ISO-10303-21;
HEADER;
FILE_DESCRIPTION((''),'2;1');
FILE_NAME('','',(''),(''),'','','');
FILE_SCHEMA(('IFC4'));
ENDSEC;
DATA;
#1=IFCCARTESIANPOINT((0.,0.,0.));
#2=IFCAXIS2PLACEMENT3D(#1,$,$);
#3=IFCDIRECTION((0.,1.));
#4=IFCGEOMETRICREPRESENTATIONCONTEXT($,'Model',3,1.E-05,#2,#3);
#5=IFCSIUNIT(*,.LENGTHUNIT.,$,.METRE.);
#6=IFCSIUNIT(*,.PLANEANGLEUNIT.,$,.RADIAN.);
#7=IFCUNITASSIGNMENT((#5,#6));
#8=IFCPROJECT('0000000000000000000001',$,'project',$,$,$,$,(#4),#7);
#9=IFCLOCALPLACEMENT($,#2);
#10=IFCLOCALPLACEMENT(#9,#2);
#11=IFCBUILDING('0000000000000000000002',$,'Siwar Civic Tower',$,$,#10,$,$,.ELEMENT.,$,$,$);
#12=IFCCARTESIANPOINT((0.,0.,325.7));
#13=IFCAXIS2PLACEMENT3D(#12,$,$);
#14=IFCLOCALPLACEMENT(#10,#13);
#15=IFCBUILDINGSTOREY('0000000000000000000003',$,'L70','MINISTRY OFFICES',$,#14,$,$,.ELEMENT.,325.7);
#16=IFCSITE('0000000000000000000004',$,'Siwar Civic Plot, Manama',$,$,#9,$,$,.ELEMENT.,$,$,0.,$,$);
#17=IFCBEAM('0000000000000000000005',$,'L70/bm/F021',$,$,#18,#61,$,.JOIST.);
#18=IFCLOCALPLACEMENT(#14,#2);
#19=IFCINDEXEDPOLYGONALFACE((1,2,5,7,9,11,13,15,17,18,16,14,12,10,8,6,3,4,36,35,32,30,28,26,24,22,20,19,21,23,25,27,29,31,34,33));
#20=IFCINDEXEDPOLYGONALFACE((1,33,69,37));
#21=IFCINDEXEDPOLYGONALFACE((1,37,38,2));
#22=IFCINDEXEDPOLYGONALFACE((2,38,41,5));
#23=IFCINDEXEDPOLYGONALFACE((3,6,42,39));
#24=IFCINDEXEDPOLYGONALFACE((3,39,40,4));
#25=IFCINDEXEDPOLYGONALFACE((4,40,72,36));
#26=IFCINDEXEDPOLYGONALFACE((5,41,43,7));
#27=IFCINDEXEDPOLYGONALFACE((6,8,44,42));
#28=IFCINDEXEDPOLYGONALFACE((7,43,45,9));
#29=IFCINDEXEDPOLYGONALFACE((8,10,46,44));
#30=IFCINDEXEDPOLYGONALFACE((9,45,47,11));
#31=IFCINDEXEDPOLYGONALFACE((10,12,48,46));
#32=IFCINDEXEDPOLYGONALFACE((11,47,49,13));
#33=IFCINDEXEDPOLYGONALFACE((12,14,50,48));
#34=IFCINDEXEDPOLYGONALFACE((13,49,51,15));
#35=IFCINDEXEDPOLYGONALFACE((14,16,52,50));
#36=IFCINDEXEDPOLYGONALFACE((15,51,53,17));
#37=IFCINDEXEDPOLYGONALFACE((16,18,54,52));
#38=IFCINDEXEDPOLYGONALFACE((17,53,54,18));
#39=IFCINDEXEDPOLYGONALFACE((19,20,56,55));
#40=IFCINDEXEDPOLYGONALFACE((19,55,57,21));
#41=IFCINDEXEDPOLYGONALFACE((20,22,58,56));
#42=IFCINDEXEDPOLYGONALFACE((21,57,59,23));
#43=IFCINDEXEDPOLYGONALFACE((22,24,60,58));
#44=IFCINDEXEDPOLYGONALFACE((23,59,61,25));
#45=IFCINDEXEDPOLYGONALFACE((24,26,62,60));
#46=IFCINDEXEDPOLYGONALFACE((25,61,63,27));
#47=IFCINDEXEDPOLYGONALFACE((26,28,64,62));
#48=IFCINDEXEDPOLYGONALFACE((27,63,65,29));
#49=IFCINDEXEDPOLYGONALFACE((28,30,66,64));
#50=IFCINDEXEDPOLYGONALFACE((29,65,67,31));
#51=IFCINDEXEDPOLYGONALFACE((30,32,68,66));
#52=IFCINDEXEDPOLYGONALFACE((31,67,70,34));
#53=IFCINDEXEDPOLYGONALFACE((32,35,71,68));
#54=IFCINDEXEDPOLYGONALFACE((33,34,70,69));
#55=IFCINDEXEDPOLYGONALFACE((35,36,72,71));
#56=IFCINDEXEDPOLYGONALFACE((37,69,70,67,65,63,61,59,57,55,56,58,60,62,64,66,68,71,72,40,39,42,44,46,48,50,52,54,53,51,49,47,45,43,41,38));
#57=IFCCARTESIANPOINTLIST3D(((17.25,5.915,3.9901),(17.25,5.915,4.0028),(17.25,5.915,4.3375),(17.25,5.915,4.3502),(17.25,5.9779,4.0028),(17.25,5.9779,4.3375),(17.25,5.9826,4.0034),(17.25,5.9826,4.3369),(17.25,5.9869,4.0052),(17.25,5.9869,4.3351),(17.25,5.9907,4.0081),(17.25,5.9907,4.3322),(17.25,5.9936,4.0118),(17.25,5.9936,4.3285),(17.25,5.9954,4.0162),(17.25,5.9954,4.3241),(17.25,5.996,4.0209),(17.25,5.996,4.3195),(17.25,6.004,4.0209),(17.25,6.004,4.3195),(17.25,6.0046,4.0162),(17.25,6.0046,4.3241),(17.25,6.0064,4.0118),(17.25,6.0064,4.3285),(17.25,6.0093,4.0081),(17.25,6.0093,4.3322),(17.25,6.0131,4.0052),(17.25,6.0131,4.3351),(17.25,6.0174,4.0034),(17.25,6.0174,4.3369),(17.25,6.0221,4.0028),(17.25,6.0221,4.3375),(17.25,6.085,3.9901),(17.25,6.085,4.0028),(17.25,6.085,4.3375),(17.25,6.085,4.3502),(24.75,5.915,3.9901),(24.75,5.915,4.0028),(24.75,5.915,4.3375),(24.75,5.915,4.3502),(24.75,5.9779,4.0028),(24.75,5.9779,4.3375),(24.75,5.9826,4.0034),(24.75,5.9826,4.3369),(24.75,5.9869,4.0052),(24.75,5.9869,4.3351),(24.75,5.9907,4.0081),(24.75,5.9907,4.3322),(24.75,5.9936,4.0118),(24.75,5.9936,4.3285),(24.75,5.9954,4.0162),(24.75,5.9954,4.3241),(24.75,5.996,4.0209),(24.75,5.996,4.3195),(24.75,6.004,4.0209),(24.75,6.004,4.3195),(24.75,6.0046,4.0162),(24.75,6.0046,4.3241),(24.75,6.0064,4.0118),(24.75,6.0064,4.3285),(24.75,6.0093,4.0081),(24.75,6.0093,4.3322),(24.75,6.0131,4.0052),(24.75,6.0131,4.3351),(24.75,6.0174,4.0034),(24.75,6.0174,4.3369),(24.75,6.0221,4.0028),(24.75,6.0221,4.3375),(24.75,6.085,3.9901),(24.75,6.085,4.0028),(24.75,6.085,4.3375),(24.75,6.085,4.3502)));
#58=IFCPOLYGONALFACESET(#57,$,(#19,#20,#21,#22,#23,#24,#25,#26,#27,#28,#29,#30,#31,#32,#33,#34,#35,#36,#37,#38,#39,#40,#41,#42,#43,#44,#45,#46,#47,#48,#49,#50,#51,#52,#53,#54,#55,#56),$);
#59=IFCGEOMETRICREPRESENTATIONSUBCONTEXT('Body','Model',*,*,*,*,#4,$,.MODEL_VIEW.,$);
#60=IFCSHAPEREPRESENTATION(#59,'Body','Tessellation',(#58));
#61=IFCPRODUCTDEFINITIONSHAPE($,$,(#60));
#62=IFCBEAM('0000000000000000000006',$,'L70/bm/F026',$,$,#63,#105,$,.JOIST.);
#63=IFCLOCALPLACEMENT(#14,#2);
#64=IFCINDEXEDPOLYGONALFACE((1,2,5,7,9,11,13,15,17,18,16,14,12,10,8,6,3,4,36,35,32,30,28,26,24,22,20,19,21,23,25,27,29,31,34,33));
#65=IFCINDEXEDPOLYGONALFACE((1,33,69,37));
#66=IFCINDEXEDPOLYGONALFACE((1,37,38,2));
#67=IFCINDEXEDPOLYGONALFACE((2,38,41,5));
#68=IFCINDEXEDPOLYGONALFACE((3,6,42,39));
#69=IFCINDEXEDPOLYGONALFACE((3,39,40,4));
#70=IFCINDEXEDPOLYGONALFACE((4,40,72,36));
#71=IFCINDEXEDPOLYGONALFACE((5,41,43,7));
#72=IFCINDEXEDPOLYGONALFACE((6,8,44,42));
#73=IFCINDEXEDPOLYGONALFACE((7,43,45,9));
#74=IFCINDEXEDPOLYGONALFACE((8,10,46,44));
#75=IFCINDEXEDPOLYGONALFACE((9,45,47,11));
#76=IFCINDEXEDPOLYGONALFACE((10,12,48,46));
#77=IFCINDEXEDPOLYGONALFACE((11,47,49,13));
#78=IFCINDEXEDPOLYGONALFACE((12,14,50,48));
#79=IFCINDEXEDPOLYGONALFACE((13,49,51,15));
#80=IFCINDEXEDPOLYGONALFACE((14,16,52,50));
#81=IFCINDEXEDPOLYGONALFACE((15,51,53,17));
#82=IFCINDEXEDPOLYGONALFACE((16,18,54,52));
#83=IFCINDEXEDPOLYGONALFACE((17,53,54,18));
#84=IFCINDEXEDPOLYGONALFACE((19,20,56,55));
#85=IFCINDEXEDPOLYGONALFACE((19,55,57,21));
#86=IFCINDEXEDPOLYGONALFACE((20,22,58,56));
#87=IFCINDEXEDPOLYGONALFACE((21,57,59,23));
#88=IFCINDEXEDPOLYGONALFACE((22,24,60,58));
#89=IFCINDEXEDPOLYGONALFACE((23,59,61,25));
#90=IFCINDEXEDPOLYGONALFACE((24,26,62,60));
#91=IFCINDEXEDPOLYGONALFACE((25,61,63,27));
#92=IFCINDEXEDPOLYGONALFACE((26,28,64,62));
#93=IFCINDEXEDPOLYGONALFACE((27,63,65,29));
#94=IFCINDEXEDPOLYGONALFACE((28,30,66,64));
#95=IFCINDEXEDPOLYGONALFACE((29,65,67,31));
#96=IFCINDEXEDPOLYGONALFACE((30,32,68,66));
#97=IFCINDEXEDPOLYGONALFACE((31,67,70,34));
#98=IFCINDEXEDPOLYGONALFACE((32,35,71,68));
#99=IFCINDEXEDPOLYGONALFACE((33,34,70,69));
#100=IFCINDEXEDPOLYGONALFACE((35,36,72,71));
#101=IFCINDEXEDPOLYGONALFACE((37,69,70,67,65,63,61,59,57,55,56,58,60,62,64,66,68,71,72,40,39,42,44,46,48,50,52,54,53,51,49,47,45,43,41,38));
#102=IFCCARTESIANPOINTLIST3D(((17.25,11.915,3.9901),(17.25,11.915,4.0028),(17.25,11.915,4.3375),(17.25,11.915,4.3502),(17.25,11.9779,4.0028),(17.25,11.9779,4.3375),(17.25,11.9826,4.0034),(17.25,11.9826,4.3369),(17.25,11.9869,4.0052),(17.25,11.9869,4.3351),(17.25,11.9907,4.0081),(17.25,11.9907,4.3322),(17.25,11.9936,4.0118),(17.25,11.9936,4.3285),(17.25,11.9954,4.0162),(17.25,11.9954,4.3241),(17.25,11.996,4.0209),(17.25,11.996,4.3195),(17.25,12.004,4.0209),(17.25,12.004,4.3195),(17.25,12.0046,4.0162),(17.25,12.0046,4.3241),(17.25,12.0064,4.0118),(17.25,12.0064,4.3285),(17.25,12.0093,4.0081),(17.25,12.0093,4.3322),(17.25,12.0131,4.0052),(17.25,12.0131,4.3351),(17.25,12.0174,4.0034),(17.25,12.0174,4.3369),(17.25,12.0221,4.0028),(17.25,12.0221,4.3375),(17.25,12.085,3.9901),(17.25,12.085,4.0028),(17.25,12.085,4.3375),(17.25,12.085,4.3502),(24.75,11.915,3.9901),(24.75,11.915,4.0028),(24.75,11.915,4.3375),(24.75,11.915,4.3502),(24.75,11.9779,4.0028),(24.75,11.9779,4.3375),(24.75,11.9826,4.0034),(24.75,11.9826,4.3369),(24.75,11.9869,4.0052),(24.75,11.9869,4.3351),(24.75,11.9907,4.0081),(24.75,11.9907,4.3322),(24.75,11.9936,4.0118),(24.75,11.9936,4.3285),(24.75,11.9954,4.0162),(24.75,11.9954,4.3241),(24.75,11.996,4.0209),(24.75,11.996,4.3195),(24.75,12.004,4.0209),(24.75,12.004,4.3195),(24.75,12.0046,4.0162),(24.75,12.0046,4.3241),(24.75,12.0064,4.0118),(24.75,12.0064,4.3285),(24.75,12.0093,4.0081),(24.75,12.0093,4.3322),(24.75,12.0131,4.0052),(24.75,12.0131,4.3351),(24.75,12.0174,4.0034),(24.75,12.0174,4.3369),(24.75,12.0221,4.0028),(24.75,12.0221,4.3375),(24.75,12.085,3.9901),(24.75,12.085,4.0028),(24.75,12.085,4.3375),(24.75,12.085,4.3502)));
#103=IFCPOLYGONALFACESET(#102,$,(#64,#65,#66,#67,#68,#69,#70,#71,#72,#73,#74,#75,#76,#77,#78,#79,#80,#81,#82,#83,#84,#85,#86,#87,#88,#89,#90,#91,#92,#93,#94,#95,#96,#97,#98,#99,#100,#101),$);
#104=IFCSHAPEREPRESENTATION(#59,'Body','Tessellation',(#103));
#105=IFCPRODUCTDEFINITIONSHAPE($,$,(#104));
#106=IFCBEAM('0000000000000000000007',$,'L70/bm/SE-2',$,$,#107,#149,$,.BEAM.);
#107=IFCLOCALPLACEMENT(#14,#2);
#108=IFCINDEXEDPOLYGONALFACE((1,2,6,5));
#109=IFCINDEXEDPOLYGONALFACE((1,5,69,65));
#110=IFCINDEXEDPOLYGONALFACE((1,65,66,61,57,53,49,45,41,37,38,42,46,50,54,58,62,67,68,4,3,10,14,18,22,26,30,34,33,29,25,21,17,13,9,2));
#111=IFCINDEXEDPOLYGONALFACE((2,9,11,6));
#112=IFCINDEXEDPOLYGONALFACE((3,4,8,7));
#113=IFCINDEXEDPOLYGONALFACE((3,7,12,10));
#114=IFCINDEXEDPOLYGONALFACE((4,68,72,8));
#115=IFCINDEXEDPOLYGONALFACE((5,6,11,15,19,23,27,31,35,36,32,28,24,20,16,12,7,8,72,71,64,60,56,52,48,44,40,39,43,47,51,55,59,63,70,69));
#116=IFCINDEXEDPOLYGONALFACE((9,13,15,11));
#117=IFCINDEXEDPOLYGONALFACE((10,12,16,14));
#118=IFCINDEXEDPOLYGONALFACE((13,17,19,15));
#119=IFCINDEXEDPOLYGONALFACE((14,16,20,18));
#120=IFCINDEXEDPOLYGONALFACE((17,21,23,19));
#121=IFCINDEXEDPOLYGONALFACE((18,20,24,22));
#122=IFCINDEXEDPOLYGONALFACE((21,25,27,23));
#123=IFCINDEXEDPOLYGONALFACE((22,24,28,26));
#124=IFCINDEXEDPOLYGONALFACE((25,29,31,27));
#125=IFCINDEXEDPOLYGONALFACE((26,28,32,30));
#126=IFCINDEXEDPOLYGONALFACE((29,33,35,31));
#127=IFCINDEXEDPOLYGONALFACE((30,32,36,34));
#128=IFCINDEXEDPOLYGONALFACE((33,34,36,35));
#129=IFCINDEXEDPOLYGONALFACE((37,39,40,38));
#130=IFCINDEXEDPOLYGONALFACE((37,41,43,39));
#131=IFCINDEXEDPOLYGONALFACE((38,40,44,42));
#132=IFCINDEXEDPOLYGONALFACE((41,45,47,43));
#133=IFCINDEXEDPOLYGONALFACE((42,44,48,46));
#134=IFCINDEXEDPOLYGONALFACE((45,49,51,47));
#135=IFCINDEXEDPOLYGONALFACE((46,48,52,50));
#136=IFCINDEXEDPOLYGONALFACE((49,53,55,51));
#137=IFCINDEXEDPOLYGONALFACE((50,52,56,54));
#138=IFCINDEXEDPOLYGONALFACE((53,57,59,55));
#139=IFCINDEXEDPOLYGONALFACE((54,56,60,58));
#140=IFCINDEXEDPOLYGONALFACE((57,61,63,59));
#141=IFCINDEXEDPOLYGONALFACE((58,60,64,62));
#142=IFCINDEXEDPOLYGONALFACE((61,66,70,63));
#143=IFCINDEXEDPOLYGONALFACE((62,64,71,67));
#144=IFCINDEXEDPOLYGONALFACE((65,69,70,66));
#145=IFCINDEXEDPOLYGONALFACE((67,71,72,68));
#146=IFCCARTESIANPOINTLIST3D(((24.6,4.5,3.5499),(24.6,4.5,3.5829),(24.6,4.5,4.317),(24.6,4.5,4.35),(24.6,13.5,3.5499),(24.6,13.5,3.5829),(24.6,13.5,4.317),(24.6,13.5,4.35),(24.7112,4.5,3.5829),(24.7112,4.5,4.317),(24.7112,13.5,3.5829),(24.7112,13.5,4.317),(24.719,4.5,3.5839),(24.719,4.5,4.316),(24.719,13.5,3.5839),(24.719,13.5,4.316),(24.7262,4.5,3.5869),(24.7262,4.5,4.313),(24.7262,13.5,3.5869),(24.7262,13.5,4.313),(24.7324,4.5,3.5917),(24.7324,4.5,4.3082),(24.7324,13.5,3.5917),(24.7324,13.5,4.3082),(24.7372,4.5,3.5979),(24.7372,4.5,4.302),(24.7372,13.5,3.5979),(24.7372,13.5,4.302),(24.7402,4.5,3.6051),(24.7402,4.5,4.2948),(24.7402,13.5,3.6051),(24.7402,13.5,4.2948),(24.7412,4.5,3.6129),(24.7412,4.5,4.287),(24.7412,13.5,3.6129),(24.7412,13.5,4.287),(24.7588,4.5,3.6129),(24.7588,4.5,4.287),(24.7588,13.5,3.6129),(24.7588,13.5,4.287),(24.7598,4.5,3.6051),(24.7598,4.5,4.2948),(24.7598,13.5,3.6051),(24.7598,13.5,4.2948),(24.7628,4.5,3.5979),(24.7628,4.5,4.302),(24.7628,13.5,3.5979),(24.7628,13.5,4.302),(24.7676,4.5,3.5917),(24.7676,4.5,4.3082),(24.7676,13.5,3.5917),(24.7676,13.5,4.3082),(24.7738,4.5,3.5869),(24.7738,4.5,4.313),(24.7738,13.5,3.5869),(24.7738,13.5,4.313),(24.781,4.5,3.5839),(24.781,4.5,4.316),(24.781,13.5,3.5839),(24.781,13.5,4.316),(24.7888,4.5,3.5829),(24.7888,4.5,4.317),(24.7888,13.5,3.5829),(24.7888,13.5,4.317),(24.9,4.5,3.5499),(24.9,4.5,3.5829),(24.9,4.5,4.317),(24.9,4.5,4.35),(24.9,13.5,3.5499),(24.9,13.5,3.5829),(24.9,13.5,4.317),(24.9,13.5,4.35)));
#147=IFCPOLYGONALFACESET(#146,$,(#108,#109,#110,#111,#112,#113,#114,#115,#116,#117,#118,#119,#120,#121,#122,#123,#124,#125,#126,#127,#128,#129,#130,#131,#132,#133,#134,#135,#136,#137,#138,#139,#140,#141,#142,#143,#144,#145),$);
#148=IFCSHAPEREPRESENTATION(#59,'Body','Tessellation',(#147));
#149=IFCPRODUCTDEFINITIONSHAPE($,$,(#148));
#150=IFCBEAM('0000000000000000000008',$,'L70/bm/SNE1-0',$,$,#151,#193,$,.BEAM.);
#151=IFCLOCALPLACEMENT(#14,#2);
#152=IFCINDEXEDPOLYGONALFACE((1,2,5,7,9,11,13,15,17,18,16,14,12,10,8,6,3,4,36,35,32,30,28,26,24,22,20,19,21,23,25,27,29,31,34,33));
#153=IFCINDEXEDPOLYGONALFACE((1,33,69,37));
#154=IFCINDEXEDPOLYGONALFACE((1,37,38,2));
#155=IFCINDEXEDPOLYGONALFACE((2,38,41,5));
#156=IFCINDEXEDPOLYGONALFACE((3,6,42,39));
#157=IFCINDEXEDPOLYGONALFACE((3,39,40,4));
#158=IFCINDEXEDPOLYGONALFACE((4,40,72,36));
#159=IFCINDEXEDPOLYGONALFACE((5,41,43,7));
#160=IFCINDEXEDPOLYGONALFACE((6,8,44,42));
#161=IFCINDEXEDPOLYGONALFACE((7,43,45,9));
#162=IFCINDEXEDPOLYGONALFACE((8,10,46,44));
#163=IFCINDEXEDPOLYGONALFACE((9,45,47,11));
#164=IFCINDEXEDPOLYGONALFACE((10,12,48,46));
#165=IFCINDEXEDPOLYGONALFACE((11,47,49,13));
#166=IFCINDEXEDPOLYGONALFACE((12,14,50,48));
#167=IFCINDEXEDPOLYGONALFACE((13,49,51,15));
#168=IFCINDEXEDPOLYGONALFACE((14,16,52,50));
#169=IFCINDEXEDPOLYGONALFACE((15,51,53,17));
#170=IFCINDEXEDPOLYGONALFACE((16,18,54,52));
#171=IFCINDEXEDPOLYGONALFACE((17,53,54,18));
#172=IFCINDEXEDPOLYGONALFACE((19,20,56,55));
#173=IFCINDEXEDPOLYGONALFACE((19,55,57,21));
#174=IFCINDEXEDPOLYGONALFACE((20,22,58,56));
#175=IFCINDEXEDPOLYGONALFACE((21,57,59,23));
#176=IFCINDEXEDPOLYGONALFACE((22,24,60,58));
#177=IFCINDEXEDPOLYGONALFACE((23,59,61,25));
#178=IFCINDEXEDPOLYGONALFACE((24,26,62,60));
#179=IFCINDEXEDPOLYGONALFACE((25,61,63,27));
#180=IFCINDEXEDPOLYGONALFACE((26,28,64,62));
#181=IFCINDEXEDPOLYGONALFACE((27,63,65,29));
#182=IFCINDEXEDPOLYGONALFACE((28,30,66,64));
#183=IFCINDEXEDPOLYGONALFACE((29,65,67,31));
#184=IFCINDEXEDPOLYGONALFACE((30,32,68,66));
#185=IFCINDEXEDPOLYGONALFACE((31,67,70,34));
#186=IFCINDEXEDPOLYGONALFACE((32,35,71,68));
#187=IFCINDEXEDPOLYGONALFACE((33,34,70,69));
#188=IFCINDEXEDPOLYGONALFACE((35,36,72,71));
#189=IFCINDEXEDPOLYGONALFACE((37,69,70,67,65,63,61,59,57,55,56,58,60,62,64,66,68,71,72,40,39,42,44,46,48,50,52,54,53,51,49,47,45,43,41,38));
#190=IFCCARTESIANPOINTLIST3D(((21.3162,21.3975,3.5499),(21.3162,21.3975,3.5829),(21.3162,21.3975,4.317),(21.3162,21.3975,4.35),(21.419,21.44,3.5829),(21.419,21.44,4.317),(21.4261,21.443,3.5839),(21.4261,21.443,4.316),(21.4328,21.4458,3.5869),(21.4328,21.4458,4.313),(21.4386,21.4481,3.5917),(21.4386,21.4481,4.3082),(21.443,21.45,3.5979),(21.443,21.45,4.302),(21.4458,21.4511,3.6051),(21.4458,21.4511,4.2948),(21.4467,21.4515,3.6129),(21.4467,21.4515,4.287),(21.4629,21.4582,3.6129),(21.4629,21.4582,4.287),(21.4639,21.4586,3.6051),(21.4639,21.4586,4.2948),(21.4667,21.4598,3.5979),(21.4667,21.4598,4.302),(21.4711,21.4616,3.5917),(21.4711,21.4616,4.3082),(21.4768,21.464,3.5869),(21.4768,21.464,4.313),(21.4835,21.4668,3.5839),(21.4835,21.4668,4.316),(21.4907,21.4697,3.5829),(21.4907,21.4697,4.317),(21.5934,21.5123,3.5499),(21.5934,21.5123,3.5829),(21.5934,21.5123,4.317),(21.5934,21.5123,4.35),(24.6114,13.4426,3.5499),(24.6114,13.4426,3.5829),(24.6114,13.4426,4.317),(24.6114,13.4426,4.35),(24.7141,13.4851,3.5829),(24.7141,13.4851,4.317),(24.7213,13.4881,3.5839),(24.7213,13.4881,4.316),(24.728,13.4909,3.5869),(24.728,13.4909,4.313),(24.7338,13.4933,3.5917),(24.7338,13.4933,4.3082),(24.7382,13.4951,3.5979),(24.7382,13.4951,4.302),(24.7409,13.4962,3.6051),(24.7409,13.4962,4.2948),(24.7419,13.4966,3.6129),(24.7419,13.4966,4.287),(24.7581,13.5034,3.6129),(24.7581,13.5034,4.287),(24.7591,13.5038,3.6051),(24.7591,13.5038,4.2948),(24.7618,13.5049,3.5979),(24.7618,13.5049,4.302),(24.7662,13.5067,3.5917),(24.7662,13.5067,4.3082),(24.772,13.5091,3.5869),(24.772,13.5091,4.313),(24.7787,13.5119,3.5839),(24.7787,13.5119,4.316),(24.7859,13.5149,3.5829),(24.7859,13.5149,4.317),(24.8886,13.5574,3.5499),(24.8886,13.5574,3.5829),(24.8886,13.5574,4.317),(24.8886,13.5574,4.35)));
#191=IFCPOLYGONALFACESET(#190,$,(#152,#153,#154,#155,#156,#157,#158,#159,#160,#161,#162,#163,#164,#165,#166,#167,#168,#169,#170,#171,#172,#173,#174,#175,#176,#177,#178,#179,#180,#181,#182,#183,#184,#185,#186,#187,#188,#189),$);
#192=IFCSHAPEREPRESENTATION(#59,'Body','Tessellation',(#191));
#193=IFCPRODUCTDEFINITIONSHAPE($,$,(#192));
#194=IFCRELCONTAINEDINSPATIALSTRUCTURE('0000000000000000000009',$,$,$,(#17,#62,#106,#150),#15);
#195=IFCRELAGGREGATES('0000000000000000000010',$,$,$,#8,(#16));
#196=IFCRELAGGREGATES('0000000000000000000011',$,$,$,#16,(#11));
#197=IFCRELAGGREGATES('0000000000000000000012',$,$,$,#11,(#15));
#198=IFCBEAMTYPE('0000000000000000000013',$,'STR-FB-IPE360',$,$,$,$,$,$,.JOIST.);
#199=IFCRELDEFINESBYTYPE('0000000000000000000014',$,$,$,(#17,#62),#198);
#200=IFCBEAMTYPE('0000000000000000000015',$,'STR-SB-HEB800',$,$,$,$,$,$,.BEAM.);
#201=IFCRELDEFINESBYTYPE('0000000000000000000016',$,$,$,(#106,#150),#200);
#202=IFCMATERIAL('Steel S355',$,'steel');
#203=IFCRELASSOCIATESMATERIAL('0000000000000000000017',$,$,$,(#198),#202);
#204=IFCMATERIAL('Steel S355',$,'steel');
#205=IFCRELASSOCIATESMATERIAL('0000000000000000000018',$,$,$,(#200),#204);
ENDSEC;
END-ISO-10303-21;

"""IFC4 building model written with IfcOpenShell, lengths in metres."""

from ifc_helpers import new_model, si_unit, direction, frame, origin, origin_2d, place, context, subcontext, project, spatial, i_section, extrude, material, material_profile, profile_set, type_object, element, save


model = new_model("IFC4")

# Units and contexts
model_context = context("Model", 3, precision=1e-05, world=origin(), true_north=direction((0.0, 1.0)))
body_context = subcontext(model_context, "Body", "Model", "MODEL_VIEW")
ifc_project = project(units=[si_unit("LENGTHUNIT", "METRE"), si_unit("PLANEANGLEUNIT", "RADIAN")], contexts=[model_context])

# Site, building, storey
site_placement = place(None, origin())
site = spatial("IfcSite", under=ifc_project, at=site_placement, Name="Siwar Civic Plot, Manama", CompositionType="ELEMENT", RefElevation=0.0)
building_placement = place(site_placement, origin())
building = spatial("IfcBuilding", under=site, at=building_placement, Name="Siwar Civic Tower", CompositionType="ELEMENT")
storey_placement = place(building_placement, frame((0.0, 0.0, 325.7)))
storey = spatial("IfcBuildingStorey", under=building, at=storey_placement, Name="L70", Description="MINISTRY OFFICES", CompositionType="ELEMENT", Elevation=325.7)

# Beams
ifc_material_1 = material(Name="Steel S355", Category="steel")
ifc_material_profile_1 = material_profile(ifc_material_1, i_section(OverallWidth=0.1699, OverallDepth=0.3601, WebThickness=0.0081, FlangeThickness=0.0127, FilletRadius=0.0181, at=origin_2d()), Name="IPE360")
ifc_profile_set_1 = profile_set([ifc_material_profile_1], Name="Steel S355")
beam_type_1 = type_object("IfcBeamType", Name="STR-FB-IPE360", PredefinedType="JOIST", material=ifc_profile_set_1)
for number, where, z_axis, x_axis, name in (
    (1, (17.25, 6.0, 4.1702), (1.0, 0.0, 0.0), (0.0, 1.0, 0.0), "L70/bm/F021"),
    (2, (17.25, 12.0, 4.1702), (1.0, 0.0, 0.0), (0.0, 1.0, 0.0), "L70/bm/F026"),
):
    element("IfcBeam", number, at=place(storey_placement, frame(where, z_axis=z_axis, x_axis=x_axis)), inside=storey, type_object=beam_type_1, Name=name, PredefinedType="JOIST", context=body_context, shape_type="SweptSolid", body=[
        extrude(i_section(OverallWidth=0.1699, OverallDepth=0.3601, WebThickness=0.0081, FlangeThickness=0.0127, FilletRadius=0.0181, at=origin_2d()), origin(), (0.0, 0.0, 1.0), 7.5),
    ])
ifc_material_2 = material(Name="Steel S355", Category="steel")
ifc_material_profile_2 = material_profile(ifc_material_2, i_section(OverallWidth=0.3, OverallDepth=0.8, WebThickness=0.0176, FlangeThickness=0.033, FilletRadius=0.03, at=origin_2d()), Name="HEB800")
ifc_profile_set_2 = profile_set([ifc_material_profile_2], Name="Steel S355")
beam_type_2 = type_object("IfcBeamType", Name="STR-SB-HEB800", PredefinedType="BEAM", material=ifc_profile_set_2)
beam_1_placement = place(storey_placement, frame((24.75, 4.5, 3.95), z_axis=(0.0, 1.0, 0.0), x_axis=(-1.0, 0.0, 0.0)))
element("IfcBeam", 3, at=beam_1_placement, inside=storey, type_object=beam_type_2, Name="L70/bm/SE-2", PredefinedType="BEAM", context=body_context, shape_type="SweptSolid", body=[
    extrude(i_section(OverallWidth=0.3, OverallDepth=0.8, WebThickness=0.0176, FlangeThickness=0.033, FilletRadius=0.03, at=origin_2d()), origin(), (0.0, 0.0, 1.0), 9.0),
])
beam_2_placement = place(storey_placement, frame((24.75, 13.5, 3.95), z_axis=(-0.3827, 0.923873, 0.0), x_axis=(-0.923873, -0.3827, 0.0)))
element("IfcBeam", 4, at=beam_2_placement, inside=storey, type_object=beam_type_2, Name="L70/bm/SNE1-0", PredefinedType="BEAM", context=body_context, shape_type="SweptSolid", body=[
    extrude(i_section(OverallWidth=0.3, OverallDepth=0.8, WebThickness=0.0176, FlangeThickness=0.033, FilletRadius=0.03, at=origin_2d()), origin(), (0.0, 0.0, 1.0), 8.6104),
])

save(model, "model.ifc")
